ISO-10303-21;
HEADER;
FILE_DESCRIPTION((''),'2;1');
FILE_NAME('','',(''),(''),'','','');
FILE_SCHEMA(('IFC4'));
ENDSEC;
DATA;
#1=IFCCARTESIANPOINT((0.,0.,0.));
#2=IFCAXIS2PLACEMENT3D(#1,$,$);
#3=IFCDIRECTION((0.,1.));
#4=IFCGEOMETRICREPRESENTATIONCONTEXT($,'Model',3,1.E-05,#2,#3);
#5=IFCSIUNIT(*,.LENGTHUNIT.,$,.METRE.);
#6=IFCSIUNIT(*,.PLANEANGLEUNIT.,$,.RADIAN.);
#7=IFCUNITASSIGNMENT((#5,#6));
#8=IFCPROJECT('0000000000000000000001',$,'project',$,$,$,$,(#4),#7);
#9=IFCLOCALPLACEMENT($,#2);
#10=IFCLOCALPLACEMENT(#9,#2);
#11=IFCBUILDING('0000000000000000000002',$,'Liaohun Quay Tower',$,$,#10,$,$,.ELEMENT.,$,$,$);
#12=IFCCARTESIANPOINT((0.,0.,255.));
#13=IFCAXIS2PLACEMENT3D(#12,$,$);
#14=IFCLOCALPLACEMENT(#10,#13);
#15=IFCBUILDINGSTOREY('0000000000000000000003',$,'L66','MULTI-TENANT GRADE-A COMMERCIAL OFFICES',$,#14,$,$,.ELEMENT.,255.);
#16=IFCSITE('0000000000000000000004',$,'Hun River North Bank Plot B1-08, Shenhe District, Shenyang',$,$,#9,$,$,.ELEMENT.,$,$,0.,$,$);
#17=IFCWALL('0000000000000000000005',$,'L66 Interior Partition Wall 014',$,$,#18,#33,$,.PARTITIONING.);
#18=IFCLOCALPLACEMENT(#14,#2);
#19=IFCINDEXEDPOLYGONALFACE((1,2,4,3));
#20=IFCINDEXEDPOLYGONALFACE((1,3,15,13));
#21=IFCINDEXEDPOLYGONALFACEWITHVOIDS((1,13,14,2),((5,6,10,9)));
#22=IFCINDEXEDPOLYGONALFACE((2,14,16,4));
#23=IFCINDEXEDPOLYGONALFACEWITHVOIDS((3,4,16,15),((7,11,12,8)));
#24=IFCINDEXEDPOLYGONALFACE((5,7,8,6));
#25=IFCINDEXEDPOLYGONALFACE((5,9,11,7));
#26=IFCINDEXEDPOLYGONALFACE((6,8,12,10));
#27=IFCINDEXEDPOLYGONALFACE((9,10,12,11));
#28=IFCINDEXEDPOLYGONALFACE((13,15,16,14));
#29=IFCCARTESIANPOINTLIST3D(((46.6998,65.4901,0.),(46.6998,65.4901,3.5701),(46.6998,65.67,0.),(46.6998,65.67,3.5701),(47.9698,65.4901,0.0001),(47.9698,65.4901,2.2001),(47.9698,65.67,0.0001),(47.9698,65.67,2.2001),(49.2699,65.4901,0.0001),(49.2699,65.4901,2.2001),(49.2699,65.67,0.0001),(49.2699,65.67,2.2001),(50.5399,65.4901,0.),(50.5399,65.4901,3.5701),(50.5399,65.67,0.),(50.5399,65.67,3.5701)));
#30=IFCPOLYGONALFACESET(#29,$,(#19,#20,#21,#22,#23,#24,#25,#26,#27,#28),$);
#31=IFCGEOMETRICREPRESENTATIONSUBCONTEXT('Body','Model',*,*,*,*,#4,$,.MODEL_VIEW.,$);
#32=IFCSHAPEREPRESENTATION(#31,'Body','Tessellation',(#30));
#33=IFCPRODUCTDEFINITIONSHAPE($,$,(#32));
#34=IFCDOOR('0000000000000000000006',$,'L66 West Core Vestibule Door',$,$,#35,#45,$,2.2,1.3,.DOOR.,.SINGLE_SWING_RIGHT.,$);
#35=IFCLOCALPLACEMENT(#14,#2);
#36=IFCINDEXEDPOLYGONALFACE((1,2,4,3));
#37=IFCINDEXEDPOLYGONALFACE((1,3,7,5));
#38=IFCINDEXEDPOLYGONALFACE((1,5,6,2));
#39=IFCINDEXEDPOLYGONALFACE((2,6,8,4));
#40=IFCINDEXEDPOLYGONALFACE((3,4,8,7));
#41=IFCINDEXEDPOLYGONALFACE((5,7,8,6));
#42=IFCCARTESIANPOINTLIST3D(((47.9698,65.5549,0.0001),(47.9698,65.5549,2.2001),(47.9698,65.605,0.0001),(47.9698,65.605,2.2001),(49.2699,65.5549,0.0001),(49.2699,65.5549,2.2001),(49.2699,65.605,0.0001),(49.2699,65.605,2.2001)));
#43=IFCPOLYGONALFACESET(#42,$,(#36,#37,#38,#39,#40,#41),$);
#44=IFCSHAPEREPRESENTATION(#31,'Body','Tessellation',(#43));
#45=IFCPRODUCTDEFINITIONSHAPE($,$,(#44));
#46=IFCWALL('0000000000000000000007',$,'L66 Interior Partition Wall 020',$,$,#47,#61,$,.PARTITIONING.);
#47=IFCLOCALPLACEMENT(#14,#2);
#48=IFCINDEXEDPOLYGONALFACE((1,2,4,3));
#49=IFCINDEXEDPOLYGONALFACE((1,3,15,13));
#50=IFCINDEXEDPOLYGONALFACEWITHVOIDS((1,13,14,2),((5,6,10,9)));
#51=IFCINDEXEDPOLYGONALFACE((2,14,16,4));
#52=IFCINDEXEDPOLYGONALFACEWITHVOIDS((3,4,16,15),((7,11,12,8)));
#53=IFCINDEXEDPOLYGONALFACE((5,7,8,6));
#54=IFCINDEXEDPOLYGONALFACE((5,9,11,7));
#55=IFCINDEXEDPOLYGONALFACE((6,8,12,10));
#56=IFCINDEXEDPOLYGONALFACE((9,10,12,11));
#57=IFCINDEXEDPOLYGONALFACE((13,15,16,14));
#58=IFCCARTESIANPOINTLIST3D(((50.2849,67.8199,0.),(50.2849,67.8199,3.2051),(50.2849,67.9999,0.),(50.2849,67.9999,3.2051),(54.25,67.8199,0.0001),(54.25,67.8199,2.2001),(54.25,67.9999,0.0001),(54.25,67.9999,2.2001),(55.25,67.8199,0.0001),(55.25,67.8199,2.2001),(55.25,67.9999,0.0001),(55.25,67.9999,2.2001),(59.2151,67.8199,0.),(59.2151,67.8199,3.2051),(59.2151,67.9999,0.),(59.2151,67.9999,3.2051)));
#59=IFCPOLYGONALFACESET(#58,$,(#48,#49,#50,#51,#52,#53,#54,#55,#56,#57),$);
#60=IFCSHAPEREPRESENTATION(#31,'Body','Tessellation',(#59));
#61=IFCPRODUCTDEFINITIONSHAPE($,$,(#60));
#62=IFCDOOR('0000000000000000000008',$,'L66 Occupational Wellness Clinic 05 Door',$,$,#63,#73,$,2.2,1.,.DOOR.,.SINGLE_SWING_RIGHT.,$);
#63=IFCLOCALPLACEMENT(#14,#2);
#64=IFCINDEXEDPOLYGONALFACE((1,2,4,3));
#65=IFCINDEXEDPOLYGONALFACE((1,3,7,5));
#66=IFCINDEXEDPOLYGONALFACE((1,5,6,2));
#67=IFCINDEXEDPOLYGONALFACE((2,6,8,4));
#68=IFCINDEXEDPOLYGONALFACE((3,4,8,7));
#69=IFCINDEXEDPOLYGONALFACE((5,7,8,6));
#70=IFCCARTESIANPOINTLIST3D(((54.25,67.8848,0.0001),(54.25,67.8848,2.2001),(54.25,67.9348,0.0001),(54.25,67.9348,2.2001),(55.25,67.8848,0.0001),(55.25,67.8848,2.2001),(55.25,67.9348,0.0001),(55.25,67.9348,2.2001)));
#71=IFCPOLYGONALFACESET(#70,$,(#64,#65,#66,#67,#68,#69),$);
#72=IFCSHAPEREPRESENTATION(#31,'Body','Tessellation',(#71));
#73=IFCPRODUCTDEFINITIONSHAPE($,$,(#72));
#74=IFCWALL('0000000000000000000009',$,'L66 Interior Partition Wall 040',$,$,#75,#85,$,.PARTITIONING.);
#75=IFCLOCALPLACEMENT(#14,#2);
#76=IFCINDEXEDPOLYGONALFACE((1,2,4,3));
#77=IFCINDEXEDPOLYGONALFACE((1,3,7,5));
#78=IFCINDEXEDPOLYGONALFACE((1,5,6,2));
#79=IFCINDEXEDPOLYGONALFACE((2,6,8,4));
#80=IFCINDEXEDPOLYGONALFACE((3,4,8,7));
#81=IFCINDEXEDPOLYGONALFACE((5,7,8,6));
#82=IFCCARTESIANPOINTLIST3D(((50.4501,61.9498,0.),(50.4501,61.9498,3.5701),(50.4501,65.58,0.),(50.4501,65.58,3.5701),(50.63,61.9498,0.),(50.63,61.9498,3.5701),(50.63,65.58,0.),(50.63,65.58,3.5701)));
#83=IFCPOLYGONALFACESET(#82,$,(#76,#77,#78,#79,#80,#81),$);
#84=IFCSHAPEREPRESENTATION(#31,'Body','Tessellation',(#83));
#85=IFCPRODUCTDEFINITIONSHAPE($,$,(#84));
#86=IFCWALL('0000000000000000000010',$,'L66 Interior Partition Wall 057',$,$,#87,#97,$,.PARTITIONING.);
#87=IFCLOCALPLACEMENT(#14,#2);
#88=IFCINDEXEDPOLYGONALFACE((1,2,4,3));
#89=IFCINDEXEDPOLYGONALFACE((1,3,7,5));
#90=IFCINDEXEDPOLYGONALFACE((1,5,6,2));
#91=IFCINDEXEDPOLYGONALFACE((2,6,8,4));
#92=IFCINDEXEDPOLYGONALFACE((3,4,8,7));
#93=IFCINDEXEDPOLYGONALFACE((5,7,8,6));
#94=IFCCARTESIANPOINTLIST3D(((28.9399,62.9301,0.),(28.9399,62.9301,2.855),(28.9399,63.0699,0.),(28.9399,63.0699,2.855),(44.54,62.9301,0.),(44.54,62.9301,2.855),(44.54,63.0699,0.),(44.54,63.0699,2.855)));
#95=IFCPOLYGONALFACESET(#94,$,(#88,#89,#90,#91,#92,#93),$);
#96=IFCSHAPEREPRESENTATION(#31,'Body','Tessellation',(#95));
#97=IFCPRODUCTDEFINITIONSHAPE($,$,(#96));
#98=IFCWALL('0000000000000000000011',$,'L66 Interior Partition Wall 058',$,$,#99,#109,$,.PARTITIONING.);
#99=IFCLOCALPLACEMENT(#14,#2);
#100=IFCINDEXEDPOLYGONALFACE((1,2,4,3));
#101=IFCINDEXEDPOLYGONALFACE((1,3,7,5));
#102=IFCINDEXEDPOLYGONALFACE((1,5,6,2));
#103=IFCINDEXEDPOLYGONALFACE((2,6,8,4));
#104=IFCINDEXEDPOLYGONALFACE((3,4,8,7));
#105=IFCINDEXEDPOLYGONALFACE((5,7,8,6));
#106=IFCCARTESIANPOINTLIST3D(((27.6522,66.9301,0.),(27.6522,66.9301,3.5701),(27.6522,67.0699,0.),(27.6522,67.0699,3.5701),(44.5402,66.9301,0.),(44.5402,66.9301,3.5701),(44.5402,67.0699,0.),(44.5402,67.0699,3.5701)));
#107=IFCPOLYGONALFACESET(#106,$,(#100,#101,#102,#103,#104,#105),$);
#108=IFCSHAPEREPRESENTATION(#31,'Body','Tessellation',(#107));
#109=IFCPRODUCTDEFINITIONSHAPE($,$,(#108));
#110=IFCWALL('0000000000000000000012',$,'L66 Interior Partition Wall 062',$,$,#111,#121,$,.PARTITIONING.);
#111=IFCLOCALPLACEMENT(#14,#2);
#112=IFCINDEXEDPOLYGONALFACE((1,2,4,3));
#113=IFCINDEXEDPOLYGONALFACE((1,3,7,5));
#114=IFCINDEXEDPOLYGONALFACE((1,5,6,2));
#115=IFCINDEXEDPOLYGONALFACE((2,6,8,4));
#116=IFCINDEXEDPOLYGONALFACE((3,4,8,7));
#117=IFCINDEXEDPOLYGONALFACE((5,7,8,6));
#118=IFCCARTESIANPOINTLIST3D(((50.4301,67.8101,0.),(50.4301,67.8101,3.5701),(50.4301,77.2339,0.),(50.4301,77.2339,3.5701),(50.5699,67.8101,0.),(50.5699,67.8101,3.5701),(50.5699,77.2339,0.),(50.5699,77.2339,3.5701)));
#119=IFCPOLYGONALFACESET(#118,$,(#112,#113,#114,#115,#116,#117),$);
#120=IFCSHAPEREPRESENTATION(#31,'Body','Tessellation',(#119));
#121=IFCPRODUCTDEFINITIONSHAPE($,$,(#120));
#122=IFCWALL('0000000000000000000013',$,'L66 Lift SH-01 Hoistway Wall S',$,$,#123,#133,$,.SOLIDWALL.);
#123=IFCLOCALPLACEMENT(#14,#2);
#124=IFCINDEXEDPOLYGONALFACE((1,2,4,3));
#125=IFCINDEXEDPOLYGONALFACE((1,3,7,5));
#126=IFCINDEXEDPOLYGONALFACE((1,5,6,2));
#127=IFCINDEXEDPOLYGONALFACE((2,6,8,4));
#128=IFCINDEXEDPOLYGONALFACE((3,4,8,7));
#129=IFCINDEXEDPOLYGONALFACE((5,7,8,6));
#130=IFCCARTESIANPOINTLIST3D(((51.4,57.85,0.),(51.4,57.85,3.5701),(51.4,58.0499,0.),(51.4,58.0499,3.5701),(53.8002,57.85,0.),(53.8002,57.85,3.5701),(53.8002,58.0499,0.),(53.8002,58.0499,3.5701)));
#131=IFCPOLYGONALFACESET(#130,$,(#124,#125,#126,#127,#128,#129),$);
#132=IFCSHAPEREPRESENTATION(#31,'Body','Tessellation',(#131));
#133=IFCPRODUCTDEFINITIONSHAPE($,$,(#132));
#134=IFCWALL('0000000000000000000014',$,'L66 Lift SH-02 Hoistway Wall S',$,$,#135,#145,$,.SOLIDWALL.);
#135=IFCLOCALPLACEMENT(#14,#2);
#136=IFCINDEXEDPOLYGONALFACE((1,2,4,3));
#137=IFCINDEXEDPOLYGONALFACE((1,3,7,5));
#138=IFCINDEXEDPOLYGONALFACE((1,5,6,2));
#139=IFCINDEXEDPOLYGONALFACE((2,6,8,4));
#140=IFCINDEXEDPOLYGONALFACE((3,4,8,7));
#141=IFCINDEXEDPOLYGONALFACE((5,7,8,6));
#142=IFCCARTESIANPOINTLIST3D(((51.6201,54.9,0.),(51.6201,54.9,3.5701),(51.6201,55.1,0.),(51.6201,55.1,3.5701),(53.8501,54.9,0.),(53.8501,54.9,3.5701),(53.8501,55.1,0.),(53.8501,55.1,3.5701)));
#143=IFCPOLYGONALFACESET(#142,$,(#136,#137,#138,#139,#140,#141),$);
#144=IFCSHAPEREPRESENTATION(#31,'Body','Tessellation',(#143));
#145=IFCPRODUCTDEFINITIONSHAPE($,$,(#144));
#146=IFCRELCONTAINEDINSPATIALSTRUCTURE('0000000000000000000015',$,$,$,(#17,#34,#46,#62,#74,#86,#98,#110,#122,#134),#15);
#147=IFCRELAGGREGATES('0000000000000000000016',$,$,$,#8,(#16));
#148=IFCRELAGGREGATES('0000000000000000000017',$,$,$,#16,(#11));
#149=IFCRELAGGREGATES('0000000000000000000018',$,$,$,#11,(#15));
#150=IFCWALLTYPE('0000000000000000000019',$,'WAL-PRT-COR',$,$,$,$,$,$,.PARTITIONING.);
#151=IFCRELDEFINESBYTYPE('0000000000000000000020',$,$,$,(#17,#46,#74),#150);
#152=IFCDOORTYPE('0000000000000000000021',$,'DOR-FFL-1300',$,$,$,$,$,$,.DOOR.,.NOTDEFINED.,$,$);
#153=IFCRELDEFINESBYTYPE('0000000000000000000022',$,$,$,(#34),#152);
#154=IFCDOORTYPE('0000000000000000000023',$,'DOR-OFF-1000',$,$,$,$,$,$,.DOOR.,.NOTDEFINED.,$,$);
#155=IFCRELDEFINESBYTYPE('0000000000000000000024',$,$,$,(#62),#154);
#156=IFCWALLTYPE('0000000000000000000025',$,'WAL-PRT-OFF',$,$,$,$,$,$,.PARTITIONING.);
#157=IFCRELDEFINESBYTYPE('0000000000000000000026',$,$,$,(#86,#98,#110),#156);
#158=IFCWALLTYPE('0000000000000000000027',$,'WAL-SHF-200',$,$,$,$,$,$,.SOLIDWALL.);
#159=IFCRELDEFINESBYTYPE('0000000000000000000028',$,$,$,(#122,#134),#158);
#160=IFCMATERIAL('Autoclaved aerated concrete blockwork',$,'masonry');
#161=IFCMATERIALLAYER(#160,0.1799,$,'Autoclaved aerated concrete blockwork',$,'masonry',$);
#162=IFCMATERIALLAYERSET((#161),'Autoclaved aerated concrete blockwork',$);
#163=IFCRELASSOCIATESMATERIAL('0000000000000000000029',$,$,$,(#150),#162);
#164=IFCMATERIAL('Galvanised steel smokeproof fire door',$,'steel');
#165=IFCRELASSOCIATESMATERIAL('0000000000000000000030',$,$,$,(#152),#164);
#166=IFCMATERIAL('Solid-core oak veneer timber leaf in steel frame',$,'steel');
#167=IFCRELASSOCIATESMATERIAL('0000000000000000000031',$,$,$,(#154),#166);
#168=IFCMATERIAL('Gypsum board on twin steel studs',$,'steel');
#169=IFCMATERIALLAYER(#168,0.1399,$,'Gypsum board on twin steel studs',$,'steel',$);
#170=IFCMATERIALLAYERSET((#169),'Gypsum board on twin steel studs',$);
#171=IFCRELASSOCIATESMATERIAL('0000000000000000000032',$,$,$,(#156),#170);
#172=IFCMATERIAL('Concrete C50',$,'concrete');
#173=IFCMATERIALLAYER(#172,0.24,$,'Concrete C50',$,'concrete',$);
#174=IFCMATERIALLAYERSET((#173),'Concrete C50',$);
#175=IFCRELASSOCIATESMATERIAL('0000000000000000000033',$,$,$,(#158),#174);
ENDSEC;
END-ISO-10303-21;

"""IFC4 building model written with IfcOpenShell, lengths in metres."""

from ifc_helpers import new_model, si_unit, direction, frame, frame_2d, origin, place, context, subcontext, project, spatial, rectangle, extrude, source, transform, mapped, material, layer, layer_set, type_object, element, fill, save


model = new_model("IFC4")

# Units and contexts
model_context = context("Model", 3, precision=1e-05, world=origin(), true_north=direction((0.0, 1.0)))
body_context = subcontext(model_context, "Body", "Model", "MODEL_VIEW")
ifc_project = project(units=[si_unit("LENGTHUNIT", "METRE"), si_unit("PLANEANGLEUNIT", "RADIAN")], contexts=[model_context])

# Site, building, storey
site_placement = place(None, origin())
site = spatial("IfcSite", under=ifc_project, at=site_placement, Name="Hun River North Bank Plot B1-08, Shenhe District, Shenyang", CompositionType="ELEMENT", RefElevation=0.0)
building_placement = place(site_placement, origin())
building = spatial("IfcBuilding", under=site, at=building_placement, Name="Liaohun Quay Tower", CompositionType="ELEMENT")
storey_placement = place(building_placement, frame((0.0, 0.0, 255.0)))
storey = spatial("IfcBuildingStorey", under=building, at=storey_placement, Name="L66", Description="MULTI-TENANT GRADE-A COMMERCIAL OFFICES", CompositionType="ELEMENT", Elevation=255.0)

# Walls, openings, doors
ifc_material_1 = material(Name="Autoclaved aerated concrete blockwork", Category="masonry")
ifc_layer_1 = layer(ifc_material_1, 0.1799, Name="Autoclaved aerated concrete blockwork", Category="masonry")
ifc_layer_set_1 = layer_set([ifc_layer_1], Name="Autoclaved aerated concrete blockwork")
wall_type_1 = type_object("IfcWallType", Name="WAL-PRT-COR", PredefinedType="PARTITIONING", material=ifc_layer_set_1)
wall_1_placement = place(storey_placement, frame((46.7, 65.5801, 0.0), z_axis=(0.0, 0.0, 1.0), x_axis=(1.0, 0.0, 0.0)))
wall_1 = element("IfcWall", 1, at=wall_1_placement, inside=storey, type_object=wall_type_1, Name="L66 Interior Partition Wall 014", PredefinedType="PARTITIONING", context=body_context, shape_type="SweptSolid", body=[
    extrude(rectangle(XDim=3.8401, YDim=0.1799, at=frame_2d((1.9199, 0.0))), origin(), (0.0, 0.0, 1.0), 3.5701),
])
shared_shape_1 = source(origin(), body_context, "Body", "SweptSolid", [
    extrude(rectangle(XDim=1.3, YDim=2.2, at=frame_2d((0.6499, 1.1001))), frame((0.0, 0.0999, 0.0), z_axis=(0.0, -1.0, 0.0), x_axis=(1.0, 0.0, 0.0)), (0.0, 0.0, 1.0), 0.2),
])
opening_1_placement = place(wall_1_placement, frame((1.27, 0.0, 0.0)))
opening_1 = element("IfcOpeningElement", 2, at=opening_1_placement, cuts=wall_1, PredefinedType="OPENING", context=body_context, shape_type="MappedRepresentation", body=[
    mapped(shared_shape_1, transform((0.0, 0.0, 0.0), x_axis=(1.0, 0.0, 0.0), y_axis=(0.0, 1.0, 0.0), z_axis=(0.0, 0.0, 1.0), scale=1.0)),
])
ifc_material_2 = material(Name="Galvanised steel smokeproof fire door", Category="steel")
door_type_1 = type_object("IfcDoorType", Name="DOR-FFL-1300", OperationType="NOTDEFINED", PredefinedType="DOOR", material=ifc_material_2)
shared_shape_2 = source(origin(), body_context, "Body", "SweptSolid", [
    extrude(rectangle(XDim=1.3, YDim=2.2, at=frame_2d((0.6499, 1.1001))), frame((0.0, 0.0249, 0.0), z_axis=(0.0, -1.0, 0.0), x_axis=(1.0, 0.0, 0.0)), (0.0, 0.0, 1.0), 0.05),
])
door_1_placement = place(opening_1_placement, origin())
door_1 = element("IfcDoor", 3, at=door_1_placement, inside=storey, type_object=door_type_1, Name="L66 West Core Vestibule Door", OperationType="SINGLE_SWING_RIGHT", OverallHeight=2.2, OverallWidth=1.3, PredefinedType="DOOR", context=body_context, shape_type="MappedRepresentation", body=[
    mapped(shared_shape_2, transform((0.0, 0.0, 0.0), x_axis=(1.0, 0.0, 0.0), y_axis=(0.0, 1.0, 0.0), z_axis=(0.0, 0.0, 1.0), scale=1.0)),
])
fill(opening_1, door_1)
wall_2_placement = place(storey_placement, frame((50.2849, 67.9099, 0.0), z_axis=(0.0, 0.0, 1.0), x_axis=(1.0, 0.0, 0.0)))
wall_2 = element("IfcWall", 4, at=wall_2_placement, inside=storey, type_object=wall_type_1, Name="L66 Interior Partition Wall 020", PredefinedType="PARTITIONING", context=body_context, shape_type="SweptSolid", body=[
    extrude(rectangle(XDim=8.9302, YDim=0.1799, at=frame_2d((4.4651, 0.0))), origin(), (0.0, 0.0, 1.0), 3.2051),
])
shared_shape_3 = source(origin(), body_context, "Body", "SweptSolid", [
    extrude(rectangle(XDim=1.0, YDim=2.2, at=frame_2d((0.5, 1.1001))), frame((0.0, 0.0999, 0.0), z_axis=(0.0, -1.0, 0.0), x_axis=(1.0, 0.0, 0.0)), (0.0, 0.0, 1.0), 0.2),
])
opening_2_placement = place(wall_2_placement, frame((3.9651, 0.0, 0.0)))
opening_2 = element("IfcOpeningElement", 5, at=opening_2_placement, cuts=wall_2, PredefinedType="OPENING", context=body_context, shape_type="MappedRepresentation", body=[
    mapped(shared_shape_3, transform((0.0, 0.0, 0.0), x_axis=(1.0, 0.0, 0.0), y_axis=(0.0, 1.0, 0.0), z_axis=(0.0, 0.0, 1.0), scale=1.0)),
])
ifc_material_3 = material(Name="Solid-core oak veneer timber leaf in steel frame", Category="steel")
door_type_2 = type_object("IfcDoorType", Name="DOR-OFF-1000", OperationType="NOTDEFINED", PredefinedType="DOOR", material=ifc_material_3)
shared_shape_4 = source(origin(), body_context, "Body", "SweptSolid", [
    extrude(rectangle(XDim=1.0, YDim=2.2, at=frame_2d((0.5, 1.1001))), frame((0.0, 0.0249, 0.0), z_axis=(0.0, -1.0, 0.0), x_axis=(1.0, 0.0, 0.0)), (0.0, 0.0, 1.0), 0.05),
])
door_2_placement = place(opening_2_placement, origin())
door_2 = element("IfcDoor", 6, at=door_2_placement, inside=storey, type_object=door_type_2, Name="L66 Occupational Wellness Clinic 05 Door", OperationType="SINGLE_SWING_RIGHT", OverallHeight=2.2, OverallWidth=1.0, PredefinedType="DOOR", context=body_context, shape_type="MappedRepresentation", body=[
    mapped(shared_shape_4, transform((0.0, 0.0, 0.0), x_axis=(1.0, 0.0, 0.0), y_axis=(0.0, 1.0, 0.0), z_axis=(0.0, 0.0, 1.0), scale=1.0)),
])
fill(opening_2, door_2)

# Walls
wall_3_placement = place(storey_placement, frame((50.54, 61.95, 0.0), z_axis=(0.0, 0.0, 1.0), x_axis=(0.0, 1.0, 0.0)))
element("IfcWall", 7, at=wall_3_placement, inside=storey, type_object=wall_type_1, Name="L66 Interior Partition Wall 040", PredefinedType="PARTITIONING", context=body_context, shape_type="SweptSolid", body=[
    extrude(rectangle(XDim=3.6301, YDim=0.1799, at=frame_2d((1.8149, 0.0))), origin(), (0.0, 0.0, 1.0), 3.5701),
])
ifc_material_4 = material(Name="Gypsum board on twin steel studs", Category="steel")
ifc_layer_2 = layer(ifc_material_4, 0.1399, Name="Gypsum board on twin steel studs", Category="steel")
ifc_layer_set_2 = layer_set([ifc_layer_2], Name="Gypsum board on twin steel studs")
wall_type_2 = type_object("IfcWallType", Name="WAL-PRT-OFF", PredefinedType="PARTITIONING", material=ifc_layer_set_2)
wall_4_placement = place(storey_placement, frame((44.54, 63.0, 0.0), z_axis=(0.0, 0.0, 1.0), x_axis=(-1.0, 0.0, 0.0)))
element("IfcWall", 8, at=wall_4_placement, inside=storey, type_object=wall_type_2, Name="L66 Interior Partition Wall 057", PredefinedType="PARTITIONING", context=body_context, shape_type="SweptSolid", body=[
    extrude(rectangle(XDim=15.6001, YDim=0.1399, at=frame_2d((7.8, 0.0))), origin(), (0.0, 0.0, 1.0), 2.855),
])
wall_5_placement = place(storey_placement, frame((44.54, 67.0, 0.0), z_axis=(0.0, 0.0, 1.0), x_axis=(-1.0, 0.0, 0.0)))
element("IfcWall", 9, at=wall_5_placement, inside=storey, type_object=wall_type_2, Name="L66 Interior Partition Wall 058", PredefinedType="PARTITIONING", context=body_context, shape_type="SweptSolid", body=[
    extrude(rectangle(XDim=16.8879, YDim=0.1399, at=frame_2d((8.4438, 0.0))), origin(), (0.0, 0.0, 1.0), 3.5701),
])
wall_6_placement = place(storey_placement, frame((50.5, 67.8101, 0.0), z_axis=(0.0, 0.0, 1.0), x_axis=(0.0, 1.0, 0.0)))
element("IfcWall", 10, at=wall_6_placement, inside=storey, type_object=wall_type_2, Name="L66 Interior Partition Wall 062", PredefinedType="PARTITIONING", context=body_context, shape_type="SweptSolid", body=[
    extrude(rectangle(XDim=9.4238, YDim=0.1399, at=frame_2d((4.7119, 0.0))), origin(), (0.0, 0.0, 1.0), 3.5701),
])
ifc_material_5 = material(Name="Concrete C50", Category="concrete")
ifc_layer_3 = layer(ifc_material_5, 0.24, Name="Concrete C50", Category="concrete")
ifc_layer_set_3 = layer_set([ifc_layer_3], Name="Concrete C50")
wall_type_3 = type_object("IfcWallType", Name="WAL-SHF-200", PredefinedType="SOLIDWALL", material=ifc_layer_set_3)
wall_7_placement = place(storey_placement, frame((51.3999, 57.95, 0.0), z_axis=(0.0, 0.0, 1.0), x_axis=(1.0, 0.0, 0.0)))
element("IfcWall", 11, at=wall_7_placement, inside=storey, type_object=wall_type_3, Name="L66 Lift SH-01 Hoistway Wall S", PredefinedType="SOLIDWALL", context=body_context, shape_type="SweptSolid", body=[
    extrude(rectangle(XDim=2.4001, YDim=0.2, at=frame_2d((1.2002, 0.0))), origin(), (0.0, 0.0, 1.0), 3.5701),
])
wall_8_placement = place(storey_placement, frame((51.6201, 55.0, 0.0), z_axis=(0.0, 0.0, 1.0), x_axis=(1.0, 0.0, 0.0)))
element("IfcWall", 12, at=wall_8_placement, inside=storey, type_object=wall_type_3, Name="L66 Lift SH-02 Hoistway Wall S", PredefinedType="SOLIDWALL", context=body_context, shape_type="SweptSolid", body=[
    extrude(rectangle(XDim=2.23, YDim=0.2, at=frame_2d((1.115, 0.0))), origin(), (0.0, 0.0, 1.0), 3.5701),
])

save(model, "model.ifc")
